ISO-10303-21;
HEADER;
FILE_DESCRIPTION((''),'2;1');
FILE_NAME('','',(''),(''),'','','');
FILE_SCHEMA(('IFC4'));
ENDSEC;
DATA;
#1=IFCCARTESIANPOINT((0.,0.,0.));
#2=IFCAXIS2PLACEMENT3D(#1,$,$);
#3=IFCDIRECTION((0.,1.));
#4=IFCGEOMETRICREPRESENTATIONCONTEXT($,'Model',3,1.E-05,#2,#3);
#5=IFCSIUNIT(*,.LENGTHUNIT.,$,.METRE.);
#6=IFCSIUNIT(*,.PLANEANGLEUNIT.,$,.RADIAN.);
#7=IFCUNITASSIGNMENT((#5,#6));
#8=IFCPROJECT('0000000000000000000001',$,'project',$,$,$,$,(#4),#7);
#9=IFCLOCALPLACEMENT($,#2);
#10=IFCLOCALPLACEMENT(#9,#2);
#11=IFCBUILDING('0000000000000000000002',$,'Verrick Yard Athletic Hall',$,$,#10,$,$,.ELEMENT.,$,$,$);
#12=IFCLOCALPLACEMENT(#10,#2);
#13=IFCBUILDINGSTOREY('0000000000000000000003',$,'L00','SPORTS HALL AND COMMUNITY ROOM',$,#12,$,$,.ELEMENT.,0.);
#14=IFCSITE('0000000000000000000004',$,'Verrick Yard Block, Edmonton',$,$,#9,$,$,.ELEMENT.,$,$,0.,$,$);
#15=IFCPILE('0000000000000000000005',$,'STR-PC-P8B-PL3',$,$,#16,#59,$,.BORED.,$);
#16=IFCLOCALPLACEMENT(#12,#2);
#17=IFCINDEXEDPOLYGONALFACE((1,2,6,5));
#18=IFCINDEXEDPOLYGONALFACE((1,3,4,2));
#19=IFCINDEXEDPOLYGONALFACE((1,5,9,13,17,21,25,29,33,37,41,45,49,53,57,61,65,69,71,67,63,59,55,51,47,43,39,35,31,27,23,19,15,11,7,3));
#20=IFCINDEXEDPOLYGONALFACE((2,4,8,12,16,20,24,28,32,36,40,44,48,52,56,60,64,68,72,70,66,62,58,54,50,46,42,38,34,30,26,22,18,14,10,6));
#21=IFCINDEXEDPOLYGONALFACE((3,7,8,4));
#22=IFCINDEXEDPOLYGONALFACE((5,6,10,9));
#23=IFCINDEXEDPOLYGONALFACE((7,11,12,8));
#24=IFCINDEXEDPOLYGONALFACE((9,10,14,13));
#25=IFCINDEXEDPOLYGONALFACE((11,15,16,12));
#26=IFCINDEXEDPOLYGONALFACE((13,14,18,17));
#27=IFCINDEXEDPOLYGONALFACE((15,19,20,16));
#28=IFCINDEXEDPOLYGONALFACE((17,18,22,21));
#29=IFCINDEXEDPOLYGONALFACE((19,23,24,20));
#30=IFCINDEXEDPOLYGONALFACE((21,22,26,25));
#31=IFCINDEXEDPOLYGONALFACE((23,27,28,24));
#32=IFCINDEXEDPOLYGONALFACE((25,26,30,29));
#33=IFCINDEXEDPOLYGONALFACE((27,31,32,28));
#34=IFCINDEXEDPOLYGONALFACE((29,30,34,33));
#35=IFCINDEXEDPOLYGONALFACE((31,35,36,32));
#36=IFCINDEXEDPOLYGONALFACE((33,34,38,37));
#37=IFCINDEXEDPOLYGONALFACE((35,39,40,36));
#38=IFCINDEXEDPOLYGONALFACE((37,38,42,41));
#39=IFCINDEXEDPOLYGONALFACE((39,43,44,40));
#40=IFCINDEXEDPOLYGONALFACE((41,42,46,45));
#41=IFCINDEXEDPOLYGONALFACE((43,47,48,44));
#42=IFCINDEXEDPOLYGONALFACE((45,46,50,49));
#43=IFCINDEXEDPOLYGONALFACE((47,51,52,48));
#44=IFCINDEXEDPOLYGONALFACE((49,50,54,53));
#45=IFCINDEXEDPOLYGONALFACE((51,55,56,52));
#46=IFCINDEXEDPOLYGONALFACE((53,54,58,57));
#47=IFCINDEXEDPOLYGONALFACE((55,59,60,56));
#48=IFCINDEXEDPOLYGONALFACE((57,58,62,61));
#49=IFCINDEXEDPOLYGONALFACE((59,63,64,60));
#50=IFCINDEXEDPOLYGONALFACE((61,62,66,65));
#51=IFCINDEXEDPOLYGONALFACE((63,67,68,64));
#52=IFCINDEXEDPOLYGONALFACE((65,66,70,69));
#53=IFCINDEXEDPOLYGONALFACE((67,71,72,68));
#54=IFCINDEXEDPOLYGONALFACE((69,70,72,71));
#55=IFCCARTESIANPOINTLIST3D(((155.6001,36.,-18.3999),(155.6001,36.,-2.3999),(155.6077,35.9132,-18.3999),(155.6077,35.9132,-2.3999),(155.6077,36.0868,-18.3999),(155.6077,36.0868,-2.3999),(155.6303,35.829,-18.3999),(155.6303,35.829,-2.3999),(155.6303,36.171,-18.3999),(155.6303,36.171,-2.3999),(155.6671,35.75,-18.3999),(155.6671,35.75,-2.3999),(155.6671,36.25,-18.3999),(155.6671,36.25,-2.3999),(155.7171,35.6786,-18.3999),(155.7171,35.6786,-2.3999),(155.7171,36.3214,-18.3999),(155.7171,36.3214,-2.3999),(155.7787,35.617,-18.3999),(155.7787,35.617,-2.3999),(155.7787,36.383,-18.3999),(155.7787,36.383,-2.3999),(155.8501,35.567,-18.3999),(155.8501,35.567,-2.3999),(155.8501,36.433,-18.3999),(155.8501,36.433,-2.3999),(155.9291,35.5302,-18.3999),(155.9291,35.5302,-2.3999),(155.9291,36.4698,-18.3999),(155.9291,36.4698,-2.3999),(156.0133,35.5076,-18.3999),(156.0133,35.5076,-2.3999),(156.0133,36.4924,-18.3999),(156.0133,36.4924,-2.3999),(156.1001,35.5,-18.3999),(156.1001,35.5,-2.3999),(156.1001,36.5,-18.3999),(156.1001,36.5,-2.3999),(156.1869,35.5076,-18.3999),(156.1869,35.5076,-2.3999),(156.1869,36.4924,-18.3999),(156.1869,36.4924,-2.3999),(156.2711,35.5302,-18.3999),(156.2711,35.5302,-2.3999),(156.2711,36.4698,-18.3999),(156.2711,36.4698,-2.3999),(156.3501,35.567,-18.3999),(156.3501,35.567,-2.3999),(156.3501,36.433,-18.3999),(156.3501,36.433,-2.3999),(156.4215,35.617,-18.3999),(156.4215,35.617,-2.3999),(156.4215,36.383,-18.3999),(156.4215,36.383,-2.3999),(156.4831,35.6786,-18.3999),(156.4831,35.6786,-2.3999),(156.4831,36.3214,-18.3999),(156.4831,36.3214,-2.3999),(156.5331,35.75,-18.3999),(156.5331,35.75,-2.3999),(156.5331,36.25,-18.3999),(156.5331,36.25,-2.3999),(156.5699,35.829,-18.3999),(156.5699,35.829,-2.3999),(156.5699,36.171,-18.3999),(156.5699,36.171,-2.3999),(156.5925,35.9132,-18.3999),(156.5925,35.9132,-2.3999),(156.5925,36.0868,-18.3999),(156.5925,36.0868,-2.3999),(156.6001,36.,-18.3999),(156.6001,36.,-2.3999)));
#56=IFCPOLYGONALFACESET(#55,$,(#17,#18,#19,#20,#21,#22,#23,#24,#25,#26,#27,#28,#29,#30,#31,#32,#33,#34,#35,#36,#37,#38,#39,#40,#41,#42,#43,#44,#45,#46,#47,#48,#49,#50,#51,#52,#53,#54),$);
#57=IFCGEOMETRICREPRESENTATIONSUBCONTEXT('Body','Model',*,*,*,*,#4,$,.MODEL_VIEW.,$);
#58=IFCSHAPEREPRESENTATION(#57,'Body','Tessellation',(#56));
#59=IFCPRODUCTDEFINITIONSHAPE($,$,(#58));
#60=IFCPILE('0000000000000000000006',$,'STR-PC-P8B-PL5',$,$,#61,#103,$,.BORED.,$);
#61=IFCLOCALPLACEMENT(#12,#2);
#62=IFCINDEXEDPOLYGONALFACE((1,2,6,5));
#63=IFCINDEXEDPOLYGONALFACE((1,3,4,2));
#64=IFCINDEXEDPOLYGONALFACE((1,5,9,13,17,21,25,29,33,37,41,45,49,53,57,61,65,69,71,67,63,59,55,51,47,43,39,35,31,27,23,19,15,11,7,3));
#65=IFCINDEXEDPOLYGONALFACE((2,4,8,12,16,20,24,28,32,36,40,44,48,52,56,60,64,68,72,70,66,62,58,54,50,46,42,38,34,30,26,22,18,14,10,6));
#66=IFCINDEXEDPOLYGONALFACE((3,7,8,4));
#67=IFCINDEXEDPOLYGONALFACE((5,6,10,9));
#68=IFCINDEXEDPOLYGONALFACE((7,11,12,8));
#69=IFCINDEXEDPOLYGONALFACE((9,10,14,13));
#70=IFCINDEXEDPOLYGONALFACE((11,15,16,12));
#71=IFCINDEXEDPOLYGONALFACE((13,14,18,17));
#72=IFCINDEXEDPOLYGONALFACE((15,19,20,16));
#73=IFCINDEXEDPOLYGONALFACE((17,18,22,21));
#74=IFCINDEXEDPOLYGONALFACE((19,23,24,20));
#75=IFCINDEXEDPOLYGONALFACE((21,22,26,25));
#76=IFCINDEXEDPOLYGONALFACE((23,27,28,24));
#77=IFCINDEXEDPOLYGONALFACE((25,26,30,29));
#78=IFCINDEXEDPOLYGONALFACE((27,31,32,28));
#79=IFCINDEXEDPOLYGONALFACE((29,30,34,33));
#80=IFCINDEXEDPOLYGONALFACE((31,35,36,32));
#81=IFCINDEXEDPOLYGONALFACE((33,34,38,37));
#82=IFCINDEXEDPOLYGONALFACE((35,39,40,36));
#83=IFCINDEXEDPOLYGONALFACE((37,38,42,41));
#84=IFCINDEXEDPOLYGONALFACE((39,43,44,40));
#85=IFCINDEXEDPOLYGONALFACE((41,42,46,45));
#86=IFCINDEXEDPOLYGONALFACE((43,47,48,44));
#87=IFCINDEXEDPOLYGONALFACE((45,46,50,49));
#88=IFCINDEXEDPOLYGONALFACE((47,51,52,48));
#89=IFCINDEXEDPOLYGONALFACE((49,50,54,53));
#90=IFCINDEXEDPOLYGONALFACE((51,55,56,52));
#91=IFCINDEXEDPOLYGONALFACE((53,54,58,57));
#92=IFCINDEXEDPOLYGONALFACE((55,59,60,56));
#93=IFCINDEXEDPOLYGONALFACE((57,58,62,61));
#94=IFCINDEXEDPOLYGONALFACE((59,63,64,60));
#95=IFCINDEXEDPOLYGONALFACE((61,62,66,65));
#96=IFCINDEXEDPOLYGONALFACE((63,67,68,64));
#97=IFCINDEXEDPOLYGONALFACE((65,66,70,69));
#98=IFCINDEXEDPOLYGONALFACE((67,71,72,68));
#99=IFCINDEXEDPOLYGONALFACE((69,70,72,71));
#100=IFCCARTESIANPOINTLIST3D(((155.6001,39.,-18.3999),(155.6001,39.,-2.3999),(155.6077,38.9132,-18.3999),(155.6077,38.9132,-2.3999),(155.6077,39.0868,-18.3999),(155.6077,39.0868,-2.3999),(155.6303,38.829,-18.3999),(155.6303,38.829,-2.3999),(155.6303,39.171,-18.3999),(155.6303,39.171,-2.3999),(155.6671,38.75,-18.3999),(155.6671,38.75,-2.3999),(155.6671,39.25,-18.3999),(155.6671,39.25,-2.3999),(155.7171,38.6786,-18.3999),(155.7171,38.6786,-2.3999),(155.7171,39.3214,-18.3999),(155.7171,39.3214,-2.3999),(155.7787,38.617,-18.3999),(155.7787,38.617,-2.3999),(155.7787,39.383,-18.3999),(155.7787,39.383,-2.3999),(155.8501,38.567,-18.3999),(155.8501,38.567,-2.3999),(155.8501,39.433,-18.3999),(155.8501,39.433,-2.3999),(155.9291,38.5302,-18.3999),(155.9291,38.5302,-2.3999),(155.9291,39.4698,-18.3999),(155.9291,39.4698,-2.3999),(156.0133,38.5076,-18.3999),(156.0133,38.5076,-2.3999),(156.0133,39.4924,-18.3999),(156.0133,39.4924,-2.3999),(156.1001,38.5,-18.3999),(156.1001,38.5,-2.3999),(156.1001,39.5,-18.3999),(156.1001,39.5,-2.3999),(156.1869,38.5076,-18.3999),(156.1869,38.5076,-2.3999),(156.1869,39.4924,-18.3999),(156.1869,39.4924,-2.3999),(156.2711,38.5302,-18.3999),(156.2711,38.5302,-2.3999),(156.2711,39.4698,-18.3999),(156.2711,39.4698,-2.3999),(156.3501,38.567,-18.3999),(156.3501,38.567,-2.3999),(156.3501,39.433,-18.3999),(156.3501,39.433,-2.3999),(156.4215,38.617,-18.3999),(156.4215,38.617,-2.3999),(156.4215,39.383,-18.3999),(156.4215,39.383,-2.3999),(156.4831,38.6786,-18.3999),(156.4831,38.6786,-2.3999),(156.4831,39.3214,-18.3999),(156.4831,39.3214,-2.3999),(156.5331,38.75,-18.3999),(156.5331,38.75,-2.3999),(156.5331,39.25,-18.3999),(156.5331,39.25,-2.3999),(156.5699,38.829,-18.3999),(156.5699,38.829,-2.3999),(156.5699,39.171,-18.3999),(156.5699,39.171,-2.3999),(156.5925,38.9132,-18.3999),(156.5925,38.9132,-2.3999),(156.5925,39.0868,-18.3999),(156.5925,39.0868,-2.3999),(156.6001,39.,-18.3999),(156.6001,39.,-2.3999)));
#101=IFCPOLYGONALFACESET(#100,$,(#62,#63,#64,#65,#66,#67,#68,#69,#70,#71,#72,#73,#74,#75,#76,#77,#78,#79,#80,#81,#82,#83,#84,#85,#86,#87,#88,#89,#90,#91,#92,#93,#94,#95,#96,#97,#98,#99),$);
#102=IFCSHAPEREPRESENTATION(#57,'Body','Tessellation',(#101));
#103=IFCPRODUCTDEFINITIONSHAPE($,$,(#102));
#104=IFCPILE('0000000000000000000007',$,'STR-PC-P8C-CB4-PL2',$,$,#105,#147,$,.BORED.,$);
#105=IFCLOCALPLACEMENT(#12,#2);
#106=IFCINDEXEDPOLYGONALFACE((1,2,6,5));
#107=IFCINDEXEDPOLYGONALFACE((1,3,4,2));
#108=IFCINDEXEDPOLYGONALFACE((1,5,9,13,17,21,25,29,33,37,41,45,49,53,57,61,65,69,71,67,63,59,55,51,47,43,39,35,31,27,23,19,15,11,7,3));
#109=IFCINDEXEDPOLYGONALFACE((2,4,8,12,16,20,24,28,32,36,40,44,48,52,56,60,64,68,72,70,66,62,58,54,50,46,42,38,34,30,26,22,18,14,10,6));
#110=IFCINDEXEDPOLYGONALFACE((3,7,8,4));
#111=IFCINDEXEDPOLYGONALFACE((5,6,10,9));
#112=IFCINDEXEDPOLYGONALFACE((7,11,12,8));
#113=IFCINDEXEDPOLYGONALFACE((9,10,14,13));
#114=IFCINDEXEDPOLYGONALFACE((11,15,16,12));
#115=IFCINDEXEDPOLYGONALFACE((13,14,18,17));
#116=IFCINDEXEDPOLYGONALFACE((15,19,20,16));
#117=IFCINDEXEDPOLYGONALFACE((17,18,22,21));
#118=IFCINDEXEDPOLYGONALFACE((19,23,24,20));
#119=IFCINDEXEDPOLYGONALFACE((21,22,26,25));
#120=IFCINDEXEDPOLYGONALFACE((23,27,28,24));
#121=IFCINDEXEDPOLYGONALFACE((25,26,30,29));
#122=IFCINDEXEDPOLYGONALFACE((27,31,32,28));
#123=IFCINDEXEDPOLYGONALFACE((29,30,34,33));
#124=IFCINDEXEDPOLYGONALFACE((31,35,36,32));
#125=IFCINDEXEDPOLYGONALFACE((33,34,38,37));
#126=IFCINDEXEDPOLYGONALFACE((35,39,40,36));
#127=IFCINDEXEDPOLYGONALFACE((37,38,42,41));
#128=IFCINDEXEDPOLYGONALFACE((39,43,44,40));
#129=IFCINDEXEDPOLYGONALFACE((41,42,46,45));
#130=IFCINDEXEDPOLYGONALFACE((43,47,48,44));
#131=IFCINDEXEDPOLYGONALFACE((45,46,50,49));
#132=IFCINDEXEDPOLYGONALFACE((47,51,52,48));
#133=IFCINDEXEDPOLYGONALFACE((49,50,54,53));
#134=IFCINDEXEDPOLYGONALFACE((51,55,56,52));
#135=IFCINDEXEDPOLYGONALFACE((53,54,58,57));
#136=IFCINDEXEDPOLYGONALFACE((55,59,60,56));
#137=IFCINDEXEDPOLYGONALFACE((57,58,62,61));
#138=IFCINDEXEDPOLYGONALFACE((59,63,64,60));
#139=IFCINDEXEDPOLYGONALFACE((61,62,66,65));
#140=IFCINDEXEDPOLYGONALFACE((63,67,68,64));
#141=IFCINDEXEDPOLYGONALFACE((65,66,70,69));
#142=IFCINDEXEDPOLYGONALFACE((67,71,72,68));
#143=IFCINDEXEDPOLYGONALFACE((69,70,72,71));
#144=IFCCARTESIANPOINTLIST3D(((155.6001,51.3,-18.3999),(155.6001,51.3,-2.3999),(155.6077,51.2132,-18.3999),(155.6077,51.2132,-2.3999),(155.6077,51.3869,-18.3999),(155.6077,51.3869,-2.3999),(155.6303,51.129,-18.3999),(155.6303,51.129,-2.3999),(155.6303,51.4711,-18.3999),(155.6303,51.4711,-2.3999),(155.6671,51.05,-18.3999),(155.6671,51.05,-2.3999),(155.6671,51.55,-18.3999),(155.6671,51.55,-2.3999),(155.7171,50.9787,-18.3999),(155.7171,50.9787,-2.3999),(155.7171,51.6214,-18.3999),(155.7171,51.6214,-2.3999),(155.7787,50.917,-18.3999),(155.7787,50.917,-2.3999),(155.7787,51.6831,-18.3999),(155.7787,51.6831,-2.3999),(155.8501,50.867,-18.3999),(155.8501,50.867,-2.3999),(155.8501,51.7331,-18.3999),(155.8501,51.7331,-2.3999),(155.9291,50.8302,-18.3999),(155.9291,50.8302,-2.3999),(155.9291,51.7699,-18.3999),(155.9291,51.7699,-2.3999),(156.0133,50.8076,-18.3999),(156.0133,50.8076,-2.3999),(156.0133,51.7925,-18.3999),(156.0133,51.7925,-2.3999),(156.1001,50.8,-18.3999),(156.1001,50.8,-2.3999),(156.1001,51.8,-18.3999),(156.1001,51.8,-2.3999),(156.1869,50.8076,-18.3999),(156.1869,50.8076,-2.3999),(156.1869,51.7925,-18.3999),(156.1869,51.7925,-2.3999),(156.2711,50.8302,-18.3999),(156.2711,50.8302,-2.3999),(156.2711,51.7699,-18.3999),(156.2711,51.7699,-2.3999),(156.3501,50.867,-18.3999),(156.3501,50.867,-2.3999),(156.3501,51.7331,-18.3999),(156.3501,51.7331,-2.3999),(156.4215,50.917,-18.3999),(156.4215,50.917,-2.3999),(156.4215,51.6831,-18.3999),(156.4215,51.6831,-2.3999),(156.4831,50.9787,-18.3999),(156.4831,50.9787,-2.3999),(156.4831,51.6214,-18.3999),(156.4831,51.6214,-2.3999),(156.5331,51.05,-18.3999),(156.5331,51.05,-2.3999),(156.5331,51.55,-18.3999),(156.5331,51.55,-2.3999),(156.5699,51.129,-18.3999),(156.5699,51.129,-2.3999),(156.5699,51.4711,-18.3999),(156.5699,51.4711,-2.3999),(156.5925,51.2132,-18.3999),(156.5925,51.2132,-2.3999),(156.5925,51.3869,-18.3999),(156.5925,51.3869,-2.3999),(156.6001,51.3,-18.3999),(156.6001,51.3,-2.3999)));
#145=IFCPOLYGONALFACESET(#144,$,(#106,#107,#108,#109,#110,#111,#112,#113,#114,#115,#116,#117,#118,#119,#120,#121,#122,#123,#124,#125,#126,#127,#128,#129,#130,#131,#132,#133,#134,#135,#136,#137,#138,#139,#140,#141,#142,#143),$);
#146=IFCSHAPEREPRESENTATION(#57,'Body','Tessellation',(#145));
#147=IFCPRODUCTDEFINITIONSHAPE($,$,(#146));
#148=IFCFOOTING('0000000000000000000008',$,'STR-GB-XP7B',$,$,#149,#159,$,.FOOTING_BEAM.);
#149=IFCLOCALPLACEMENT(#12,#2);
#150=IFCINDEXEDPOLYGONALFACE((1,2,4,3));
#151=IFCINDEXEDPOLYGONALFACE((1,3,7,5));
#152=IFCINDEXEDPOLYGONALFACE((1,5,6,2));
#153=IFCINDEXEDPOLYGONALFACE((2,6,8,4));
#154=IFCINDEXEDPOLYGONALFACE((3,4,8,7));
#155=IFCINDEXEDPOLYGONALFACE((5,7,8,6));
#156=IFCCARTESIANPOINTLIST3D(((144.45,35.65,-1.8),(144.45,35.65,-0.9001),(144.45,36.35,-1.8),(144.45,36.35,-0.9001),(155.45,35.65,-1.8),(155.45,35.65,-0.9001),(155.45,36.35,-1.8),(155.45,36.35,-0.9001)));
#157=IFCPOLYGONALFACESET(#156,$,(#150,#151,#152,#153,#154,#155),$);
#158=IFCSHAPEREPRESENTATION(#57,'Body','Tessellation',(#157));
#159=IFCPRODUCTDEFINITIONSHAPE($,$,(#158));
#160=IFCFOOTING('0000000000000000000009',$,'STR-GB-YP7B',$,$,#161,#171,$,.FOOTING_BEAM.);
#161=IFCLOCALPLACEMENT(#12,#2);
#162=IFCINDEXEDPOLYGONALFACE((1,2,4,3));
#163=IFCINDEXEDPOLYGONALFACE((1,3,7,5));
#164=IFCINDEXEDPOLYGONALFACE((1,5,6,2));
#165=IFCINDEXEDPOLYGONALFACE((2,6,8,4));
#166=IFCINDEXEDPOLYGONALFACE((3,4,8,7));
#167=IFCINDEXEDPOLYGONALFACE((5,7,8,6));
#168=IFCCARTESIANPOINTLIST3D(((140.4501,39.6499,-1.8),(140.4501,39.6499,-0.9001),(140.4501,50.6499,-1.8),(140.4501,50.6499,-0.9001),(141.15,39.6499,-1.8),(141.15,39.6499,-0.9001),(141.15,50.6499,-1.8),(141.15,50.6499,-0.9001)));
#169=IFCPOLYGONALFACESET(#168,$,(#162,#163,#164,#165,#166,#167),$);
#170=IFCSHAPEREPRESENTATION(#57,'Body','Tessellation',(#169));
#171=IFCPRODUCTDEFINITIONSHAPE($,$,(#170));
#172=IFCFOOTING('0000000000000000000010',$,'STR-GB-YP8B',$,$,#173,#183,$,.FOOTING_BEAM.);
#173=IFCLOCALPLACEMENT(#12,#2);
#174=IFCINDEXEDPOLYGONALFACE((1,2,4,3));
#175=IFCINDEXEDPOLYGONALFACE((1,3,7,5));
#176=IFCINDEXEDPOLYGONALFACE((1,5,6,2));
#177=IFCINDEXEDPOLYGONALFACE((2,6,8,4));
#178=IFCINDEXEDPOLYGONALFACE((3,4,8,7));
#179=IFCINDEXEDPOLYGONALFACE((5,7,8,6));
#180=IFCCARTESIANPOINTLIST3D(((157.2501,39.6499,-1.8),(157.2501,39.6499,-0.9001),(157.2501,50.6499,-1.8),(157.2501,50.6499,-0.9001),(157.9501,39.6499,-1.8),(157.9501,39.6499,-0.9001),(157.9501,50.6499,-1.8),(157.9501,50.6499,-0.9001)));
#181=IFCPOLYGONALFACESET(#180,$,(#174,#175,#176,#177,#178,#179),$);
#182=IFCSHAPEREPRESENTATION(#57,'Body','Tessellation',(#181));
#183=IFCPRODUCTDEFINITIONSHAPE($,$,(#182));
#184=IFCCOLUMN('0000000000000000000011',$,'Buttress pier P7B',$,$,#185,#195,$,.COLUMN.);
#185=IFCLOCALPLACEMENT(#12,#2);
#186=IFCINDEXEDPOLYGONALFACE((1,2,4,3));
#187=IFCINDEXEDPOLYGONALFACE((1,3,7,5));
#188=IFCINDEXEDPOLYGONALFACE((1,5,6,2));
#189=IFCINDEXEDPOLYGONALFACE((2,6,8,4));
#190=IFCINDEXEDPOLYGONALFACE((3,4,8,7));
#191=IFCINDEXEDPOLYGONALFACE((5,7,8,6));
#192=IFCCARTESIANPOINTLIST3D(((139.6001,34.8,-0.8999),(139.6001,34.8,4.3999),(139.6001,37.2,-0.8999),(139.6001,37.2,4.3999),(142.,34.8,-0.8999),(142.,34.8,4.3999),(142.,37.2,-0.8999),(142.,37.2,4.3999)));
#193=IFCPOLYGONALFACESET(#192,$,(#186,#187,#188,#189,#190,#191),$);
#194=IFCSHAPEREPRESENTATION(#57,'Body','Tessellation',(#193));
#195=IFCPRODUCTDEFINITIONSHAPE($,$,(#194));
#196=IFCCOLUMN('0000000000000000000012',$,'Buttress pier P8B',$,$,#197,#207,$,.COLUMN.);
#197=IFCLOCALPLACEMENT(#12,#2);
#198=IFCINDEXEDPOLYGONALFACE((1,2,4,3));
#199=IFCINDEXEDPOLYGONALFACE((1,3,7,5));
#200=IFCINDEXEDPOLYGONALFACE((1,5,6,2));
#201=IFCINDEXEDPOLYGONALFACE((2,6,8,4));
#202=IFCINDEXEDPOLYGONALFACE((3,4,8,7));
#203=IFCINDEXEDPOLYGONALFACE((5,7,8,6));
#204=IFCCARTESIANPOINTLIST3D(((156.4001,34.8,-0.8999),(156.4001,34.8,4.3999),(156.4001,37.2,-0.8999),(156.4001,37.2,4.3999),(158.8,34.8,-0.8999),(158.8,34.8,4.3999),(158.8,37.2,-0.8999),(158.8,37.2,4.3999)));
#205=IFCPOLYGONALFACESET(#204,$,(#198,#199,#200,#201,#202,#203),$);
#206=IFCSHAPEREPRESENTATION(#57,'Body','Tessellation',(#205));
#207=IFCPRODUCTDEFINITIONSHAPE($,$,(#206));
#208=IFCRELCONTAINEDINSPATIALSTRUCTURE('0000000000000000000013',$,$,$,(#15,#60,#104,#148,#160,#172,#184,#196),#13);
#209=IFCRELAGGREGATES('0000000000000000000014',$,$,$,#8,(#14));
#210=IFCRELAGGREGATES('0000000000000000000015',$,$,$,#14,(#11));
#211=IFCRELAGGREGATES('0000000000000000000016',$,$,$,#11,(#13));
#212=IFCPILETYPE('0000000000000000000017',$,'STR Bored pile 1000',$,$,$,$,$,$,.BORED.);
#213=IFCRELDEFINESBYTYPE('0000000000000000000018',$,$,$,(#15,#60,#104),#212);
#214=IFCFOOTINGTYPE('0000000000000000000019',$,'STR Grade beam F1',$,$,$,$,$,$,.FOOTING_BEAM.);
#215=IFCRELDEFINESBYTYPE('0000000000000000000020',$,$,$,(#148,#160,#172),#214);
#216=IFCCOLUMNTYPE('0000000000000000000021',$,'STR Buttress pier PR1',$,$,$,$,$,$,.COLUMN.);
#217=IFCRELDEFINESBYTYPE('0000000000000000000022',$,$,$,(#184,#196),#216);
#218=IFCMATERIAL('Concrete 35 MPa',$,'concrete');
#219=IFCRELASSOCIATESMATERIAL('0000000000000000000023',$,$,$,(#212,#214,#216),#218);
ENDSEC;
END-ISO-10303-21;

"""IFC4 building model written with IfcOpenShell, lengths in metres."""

from ifc_helpers import new_model, si_unit, direction, frame, origin, origin_2d, place, context, subcontext, project, spatial, rectangle, circle, extrude, material, material_profile, profile_set, type_object, element, save


model = new_model("IFC4")

# Units and contexts
model_context = context("Model", 3, precision=1e-05, world=origin(), true_north=direction((0.0, 1.0)))
body_context = subcontext(model_context, "Body", "Model", "MODEL_VIEW")
ifc_project = project(units=[si_unit("LENGTHUNIT", "METRE"), si_unit("PLANEANGLEUNIT", "RADIAN")], contexts=[model_context])

# Site, building, storey
site_placement = place(None, origin())
site = spatial("IfcSite", under=ifc_project, at=site_placement, Name="Verrick Yard Block, Edmonton", CompositionType="ELEMENT", RefElevation=0.0)
building_placement = place(site_placement, origin())
building = spatial("IfcBuilding", under=site, at=building_placement, Name="Verrick Yard Athletic Hall", CompositionType="ELEMENT")
storey_placement = place(building_placement, origin())
storey = spatial("IfcBuildingStorey", under=building, at=storey_placement, Name="L00", Description="SPORTS HALL AND COMMUNITY ROOM", CompositionType="ELEMENT", Elevation=0.0)

# Piles
ifc_material_1 = material(Name="Concrete 35 MPa", Category="concrete")
pile_type = type_object("IfcPileType", Name="STR Bored pile 1000", PredefinedType="BORED", material=ifc_material_1)
for number, where, z_axis, x_axis, name in (
    (1, (156.1001, 36.0, -2.3999), (0.0, 0.0, -1.0), (1.0, 0.0, 0.0), "STR-PC-P8B-PL3"),
    (2, (156.1001, 39.0, -2.3999), (0.0, 0.0, -1.0), (1.0, 0.0, 0.0), "STR-PC-P8B-PL5"),
    (3, (156.1001, 51.3, -2.3999), (0.0, 0.0, -1.0), (1.0, 0.0, 0.0), "STR-PC-P8C-CB4-PL2"),
):
    element("IfcPile", number, at=place(storey_placement, frame(where, z_axis=z_axis, x_axis=x_axis)), inside=storey, type_object=pile_type, Name=name, PredefinedType="BORED", context=body_context, shape_type="SweptSolid", body=[
        extrude(circle(Radius=0.5, at=origin_2d()), origin(), (0.0, 0.0, 1.0), 16.0),
    ])

# Footings
ifc_material_profile_1 = material_profile(ifc_material_1, rectangle(XDim=0.7, YDim=0.8999, at=origin_2d()), Name="STR Grade beam F1")
ifc_profile_set_1 = profile_set([ifc_material_profile_1], Name="Concrete 35 MPa")
footing_type = type_object("IfcFootingType", Name="STR Grade beam F1", PredefinedType="FOOTING_BEAM", material=ifc_profile_set_1)
for number, where, z_axis, x_axis, name in (
    (4, (144.45, 36.0, -1.3501), (1.0, 0.0, 0.0), (0.0, 1.0, 0.0), "STR-GB-XP7B"),
    (5, (140.8, 39.6499, -1.3501), (0.0, 1.0, 0.0), (-1.0, 0.0, 0.0), "STR-GB-YP7B"),
    (6, (157.6001, 39.6499, -1.3501), (0.0, 1.0, 0.0), (-1.0, 0.0, 0.0), "STR-GB-YP8B"),
):
    element("IfcFooting", number, at=place(storey_placement, frame(where, z_axis=z_axis, x_axis=x_axis)), inside=storey, type_object=footing_type, Name=name, PredefinedType="FOOTING_BEAM", context=body_context, shape_type="SweptSolid", body=[
        extrude(rectangle(XDim=0.7, YDim=0.8999, at=origin_2d()), origin(), (0.0, 0.0, 1.0), 11.0),
    ])

# Columns
ifc_material_profile_2 = material_profile(ifc_material_1, rectangle(XDim=2.3999, YDim=2.3999, at=origin_2d()), Name="STR Buttress pier PR1")
ifc_profile_set_2 = profile_set([ifc_material_profile_2], Name="Concrete 35 MPa")
column_type = type_object("IfcColumnType", Name="STR Buttress pier PR1", PredefinedType="COLUMN", material=ifc_profile_set_2)
for number, where, z_axis, x_axis, name in (
    (7, (140.8, 36.0, -0.8999), (0.0, 0.0, 1.0), (1.0, 0.0, 0.0), "Buttress pier P7B"),
    (8, (157.6001, 36.0, -0.8999), (0.0, 0.0, 1.0), (1.0, 0.0, 0.0), "Buttress pier P8B"),
):
    element("IfcColumn", number, at=place(storey_placement, frame(where, z_axis=z_axis, x_axis=x_axis)), inside=storey, type_object=column_type, Name=name, PredefinedType="COLUMN", context=body_context, shape_type="SweptSolid", body=[
        extrude(rectangle(XDim=2.3999, YDim=2.3999, at=origin_2d()), origin(), (0.0, 0.0, 1.0), 5.2998),
    ])

save(model, "model.ifc")
